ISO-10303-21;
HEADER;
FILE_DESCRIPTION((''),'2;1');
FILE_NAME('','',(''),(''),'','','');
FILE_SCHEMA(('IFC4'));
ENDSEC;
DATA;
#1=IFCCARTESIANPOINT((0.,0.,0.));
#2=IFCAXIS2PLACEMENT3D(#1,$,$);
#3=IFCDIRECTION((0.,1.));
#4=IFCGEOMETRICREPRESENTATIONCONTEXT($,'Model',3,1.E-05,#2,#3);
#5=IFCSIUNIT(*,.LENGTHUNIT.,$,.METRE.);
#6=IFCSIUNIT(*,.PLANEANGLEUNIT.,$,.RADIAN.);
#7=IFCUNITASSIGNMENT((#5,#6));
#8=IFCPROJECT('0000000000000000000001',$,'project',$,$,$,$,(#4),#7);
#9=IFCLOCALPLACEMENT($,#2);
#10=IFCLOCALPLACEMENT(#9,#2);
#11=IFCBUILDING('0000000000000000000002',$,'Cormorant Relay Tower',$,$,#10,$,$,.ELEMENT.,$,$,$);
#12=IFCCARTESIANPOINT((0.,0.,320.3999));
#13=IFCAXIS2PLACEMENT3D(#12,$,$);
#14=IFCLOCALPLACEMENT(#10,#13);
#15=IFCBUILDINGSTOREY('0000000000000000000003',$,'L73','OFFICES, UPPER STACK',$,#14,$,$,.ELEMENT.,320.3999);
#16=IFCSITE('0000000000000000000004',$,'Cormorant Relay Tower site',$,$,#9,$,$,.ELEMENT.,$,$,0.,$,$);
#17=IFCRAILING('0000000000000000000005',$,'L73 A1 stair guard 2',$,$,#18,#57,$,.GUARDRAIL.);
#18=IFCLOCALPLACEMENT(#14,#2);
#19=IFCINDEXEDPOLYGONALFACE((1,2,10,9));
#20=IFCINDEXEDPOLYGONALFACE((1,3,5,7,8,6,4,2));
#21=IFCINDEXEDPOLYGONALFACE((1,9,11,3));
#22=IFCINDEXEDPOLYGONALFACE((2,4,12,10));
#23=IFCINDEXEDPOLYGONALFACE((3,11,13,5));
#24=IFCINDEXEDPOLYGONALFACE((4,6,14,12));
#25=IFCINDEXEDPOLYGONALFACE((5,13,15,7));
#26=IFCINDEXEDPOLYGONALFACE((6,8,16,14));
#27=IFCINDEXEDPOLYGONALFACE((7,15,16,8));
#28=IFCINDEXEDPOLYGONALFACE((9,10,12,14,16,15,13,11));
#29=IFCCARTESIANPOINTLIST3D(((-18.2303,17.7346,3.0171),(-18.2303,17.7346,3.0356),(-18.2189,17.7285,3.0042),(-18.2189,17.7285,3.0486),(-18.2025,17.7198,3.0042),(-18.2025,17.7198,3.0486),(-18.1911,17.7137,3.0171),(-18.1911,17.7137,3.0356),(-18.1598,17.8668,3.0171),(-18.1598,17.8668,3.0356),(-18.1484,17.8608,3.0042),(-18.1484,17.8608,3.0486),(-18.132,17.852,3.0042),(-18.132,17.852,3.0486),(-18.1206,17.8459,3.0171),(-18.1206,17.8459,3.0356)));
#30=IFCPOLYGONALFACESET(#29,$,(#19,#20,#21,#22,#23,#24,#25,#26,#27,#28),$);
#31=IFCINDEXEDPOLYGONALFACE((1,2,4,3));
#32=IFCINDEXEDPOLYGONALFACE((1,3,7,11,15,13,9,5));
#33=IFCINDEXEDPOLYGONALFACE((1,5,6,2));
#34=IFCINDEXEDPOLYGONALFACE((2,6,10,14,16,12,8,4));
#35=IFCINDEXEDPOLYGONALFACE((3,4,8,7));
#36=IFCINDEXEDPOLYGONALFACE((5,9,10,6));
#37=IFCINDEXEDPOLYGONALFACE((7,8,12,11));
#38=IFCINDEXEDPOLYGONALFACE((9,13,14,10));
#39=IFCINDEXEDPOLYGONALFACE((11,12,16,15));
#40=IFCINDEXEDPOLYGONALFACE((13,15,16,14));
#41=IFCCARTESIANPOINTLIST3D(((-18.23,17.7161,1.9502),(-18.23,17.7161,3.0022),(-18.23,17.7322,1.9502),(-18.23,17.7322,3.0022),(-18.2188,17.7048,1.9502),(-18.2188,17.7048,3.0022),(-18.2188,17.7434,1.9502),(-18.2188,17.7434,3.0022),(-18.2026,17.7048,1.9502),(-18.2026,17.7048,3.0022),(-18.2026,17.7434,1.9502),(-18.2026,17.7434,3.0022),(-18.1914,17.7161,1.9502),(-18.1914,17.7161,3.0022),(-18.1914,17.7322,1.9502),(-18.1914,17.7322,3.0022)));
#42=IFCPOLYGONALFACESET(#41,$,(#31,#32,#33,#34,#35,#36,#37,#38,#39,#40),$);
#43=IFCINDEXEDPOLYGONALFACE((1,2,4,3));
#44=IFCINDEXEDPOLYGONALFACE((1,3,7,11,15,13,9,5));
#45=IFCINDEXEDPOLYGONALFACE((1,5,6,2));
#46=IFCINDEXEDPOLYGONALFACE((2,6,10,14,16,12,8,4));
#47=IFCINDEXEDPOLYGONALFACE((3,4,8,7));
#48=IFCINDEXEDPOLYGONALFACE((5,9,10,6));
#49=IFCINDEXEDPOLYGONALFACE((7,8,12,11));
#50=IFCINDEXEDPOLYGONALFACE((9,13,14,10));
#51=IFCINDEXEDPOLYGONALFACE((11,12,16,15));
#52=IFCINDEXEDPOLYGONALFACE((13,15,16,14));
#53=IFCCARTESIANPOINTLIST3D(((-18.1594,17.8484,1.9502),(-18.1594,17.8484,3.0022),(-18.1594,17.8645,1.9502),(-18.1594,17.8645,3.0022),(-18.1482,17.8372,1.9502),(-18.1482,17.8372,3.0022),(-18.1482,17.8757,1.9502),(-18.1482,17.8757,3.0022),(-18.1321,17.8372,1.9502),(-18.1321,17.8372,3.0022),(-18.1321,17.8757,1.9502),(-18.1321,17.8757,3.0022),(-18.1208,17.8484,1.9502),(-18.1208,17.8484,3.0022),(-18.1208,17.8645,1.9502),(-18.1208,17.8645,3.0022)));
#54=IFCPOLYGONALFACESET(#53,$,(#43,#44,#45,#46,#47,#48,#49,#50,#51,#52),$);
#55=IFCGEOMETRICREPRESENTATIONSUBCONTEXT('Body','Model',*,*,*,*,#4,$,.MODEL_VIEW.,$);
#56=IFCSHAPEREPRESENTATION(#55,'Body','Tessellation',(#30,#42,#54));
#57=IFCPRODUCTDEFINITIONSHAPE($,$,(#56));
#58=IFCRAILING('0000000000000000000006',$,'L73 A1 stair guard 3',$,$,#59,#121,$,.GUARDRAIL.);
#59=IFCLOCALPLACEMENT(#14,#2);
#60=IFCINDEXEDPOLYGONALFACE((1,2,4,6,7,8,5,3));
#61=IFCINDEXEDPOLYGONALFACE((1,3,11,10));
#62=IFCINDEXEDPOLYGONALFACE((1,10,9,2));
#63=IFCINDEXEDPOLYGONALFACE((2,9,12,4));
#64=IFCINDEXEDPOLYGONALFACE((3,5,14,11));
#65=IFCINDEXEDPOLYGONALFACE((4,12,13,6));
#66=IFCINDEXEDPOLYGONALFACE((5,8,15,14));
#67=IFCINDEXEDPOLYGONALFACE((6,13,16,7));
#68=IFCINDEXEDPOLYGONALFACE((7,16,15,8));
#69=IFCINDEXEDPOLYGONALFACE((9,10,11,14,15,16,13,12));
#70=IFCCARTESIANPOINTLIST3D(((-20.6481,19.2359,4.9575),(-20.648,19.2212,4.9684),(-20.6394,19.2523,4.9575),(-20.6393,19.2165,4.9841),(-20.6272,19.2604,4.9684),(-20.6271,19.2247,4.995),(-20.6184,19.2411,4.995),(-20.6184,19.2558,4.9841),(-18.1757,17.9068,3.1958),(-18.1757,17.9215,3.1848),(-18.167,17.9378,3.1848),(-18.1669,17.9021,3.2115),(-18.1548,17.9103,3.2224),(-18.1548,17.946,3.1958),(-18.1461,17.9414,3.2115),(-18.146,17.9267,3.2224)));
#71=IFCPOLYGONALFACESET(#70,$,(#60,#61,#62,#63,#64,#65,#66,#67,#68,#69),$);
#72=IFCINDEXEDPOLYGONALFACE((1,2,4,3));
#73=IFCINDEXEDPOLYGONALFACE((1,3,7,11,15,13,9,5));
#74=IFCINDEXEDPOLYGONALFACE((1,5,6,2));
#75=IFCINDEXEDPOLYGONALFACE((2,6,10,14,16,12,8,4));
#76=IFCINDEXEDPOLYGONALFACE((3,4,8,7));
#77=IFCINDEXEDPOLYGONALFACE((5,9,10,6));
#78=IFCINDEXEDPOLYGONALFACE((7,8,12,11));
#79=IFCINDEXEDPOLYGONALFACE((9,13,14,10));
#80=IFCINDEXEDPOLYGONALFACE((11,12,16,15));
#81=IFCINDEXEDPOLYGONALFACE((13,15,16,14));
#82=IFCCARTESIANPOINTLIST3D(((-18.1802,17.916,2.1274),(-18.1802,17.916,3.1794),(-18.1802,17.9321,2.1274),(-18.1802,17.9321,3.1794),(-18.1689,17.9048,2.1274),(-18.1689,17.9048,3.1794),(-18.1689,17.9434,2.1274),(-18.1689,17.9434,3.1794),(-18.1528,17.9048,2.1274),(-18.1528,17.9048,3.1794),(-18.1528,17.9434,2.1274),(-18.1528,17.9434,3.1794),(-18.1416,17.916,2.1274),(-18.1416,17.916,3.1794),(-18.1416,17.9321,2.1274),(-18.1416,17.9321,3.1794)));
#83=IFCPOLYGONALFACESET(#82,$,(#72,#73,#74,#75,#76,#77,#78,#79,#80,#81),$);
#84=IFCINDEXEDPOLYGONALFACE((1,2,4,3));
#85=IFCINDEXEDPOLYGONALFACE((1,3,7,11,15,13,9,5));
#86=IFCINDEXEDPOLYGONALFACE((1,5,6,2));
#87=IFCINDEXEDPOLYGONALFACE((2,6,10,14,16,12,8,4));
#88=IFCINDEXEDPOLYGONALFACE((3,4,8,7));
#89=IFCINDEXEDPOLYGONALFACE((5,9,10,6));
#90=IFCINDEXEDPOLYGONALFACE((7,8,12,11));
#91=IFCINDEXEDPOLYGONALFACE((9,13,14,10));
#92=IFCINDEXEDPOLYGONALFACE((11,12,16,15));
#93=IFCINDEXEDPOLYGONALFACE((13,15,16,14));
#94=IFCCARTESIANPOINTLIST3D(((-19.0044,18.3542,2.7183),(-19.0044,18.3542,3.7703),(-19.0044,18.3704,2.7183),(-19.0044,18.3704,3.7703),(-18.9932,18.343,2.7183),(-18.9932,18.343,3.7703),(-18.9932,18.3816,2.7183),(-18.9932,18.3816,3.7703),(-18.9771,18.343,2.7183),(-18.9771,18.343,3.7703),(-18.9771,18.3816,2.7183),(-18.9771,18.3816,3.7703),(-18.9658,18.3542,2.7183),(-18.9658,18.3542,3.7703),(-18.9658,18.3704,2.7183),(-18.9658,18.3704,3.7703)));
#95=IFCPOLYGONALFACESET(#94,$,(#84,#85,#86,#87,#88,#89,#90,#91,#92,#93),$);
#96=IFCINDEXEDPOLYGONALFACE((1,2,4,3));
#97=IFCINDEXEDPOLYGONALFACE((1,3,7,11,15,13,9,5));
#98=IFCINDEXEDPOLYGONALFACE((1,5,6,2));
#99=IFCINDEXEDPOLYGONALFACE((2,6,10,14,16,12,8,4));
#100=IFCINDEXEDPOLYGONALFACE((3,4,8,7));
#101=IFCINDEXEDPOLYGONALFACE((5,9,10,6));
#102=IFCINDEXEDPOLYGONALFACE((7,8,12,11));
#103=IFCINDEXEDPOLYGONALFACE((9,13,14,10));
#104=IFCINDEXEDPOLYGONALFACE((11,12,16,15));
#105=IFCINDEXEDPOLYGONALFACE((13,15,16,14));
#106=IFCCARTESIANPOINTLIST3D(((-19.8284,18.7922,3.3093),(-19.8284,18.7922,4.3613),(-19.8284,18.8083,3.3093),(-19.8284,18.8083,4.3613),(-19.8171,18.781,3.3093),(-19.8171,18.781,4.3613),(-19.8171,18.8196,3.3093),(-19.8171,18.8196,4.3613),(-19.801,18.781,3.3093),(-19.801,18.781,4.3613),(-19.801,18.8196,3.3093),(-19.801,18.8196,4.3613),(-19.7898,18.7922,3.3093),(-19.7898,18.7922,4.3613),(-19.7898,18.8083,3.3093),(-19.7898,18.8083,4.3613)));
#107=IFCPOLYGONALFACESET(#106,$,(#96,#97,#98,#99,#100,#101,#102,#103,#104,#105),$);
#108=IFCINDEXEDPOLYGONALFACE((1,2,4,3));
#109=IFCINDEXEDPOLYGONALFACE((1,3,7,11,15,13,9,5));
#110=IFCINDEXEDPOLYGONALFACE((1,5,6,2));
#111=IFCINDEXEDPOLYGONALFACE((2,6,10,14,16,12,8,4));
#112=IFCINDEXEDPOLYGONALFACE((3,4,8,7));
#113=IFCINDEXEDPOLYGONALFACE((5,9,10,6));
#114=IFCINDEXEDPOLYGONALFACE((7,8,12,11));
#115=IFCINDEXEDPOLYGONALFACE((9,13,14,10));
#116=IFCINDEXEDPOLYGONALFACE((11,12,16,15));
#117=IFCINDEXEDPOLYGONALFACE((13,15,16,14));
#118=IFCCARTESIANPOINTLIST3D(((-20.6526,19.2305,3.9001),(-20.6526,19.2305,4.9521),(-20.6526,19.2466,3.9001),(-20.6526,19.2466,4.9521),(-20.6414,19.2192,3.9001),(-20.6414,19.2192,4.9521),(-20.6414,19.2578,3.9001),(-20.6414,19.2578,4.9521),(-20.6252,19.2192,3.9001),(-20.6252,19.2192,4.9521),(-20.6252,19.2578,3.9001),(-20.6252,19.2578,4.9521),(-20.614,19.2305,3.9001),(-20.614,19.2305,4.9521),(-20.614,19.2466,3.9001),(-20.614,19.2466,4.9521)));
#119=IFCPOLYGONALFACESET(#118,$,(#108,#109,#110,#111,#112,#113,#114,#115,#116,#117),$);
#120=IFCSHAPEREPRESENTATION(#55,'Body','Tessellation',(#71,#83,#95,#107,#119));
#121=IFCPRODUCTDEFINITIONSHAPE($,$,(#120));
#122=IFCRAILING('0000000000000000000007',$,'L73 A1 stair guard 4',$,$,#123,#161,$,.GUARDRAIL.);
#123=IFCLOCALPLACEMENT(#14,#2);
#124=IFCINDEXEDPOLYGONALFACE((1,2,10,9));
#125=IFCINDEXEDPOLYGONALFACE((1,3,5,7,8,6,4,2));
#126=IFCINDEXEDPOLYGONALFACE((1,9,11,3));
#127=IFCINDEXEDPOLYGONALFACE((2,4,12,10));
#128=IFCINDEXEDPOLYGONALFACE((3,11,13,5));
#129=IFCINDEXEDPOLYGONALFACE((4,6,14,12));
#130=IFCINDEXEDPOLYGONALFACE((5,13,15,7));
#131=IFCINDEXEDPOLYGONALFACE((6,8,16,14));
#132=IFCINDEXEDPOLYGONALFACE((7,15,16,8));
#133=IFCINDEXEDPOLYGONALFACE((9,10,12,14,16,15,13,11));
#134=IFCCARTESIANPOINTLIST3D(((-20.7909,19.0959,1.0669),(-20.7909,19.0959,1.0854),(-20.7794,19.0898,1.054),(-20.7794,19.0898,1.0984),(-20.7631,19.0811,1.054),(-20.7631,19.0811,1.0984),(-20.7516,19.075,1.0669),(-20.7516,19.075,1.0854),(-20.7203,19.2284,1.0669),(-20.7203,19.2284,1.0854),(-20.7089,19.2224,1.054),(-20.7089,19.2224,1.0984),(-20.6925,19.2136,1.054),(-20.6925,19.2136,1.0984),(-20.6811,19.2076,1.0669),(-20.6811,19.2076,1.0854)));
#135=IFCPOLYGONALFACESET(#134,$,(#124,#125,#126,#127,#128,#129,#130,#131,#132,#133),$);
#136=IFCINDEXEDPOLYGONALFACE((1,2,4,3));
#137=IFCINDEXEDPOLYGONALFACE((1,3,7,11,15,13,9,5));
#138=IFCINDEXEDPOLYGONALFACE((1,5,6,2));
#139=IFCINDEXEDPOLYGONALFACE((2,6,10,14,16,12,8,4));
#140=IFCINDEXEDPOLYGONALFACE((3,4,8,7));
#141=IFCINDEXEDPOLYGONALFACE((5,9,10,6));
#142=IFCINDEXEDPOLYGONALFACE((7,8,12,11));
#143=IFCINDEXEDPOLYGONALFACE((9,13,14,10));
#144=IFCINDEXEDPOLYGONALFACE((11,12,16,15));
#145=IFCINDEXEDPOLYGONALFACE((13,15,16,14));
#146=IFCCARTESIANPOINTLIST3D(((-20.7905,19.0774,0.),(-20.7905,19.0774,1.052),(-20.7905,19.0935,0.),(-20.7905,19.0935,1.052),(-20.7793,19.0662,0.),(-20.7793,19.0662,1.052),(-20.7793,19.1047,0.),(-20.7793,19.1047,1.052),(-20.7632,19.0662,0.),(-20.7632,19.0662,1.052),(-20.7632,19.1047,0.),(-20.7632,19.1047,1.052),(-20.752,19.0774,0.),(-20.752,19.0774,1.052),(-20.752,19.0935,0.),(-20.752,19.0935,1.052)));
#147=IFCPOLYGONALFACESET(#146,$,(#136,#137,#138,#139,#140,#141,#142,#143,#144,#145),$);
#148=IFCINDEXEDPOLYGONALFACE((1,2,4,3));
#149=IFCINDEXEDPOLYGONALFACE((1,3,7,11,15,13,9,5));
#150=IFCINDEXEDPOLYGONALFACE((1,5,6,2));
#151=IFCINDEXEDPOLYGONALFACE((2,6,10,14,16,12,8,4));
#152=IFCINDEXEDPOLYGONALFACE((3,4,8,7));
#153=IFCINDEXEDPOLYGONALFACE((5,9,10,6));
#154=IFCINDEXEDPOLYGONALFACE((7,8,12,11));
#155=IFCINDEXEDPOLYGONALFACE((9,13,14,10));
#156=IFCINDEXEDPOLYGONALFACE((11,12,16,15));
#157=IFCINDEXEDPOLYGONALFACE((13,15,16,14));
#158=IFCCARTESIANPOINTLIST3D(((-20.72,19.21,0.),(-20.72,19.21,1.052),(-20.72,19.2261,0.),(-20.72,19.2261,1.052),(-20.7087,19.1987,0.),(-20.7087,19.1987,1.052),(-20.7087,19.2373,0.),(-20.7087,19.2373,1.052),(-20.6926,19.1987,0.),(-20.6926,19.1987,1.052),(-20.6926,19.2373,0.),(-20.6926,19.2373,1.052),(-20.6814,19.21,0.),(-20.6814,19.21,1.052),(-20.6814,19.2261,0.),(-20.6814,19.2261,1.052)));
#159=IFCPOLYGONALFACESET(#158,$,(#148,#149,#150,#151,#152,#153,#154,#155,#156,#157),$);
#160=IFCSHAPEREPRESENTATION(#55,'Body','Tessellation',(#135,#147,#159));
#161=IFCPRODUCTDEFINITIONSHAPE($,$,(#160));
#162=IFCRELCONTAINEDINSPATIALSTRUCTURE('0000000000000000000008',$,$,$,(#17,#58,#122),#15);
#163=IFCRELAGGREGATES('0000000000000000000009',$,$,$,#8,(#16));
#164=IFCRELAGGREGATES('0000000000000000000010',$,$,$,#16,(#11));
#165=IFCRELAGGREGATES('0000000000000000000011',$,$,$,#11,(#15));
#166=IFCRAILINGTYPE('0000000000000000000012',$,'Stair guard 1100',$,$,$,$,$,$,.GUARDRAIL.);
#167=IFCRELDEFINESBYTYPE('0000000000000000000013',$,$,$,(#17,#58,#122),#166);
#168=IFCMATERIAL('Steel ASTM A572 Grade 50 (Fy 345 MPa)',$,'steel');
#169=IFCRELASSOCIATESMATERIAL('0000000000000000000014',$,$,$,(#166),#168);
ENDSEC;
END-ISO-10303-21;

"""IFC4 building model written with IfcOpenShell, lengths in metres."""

from ifc_helpers import new_model, si_unit, direction, frame, origin, place, context, subcontext, project, spatial, polyline, outline, extrude, material, type_object, element, save


model = new_model("IFC4")

# Units and contexts
model_context = context("Model", 3, precision=1e-05, world=origin(), true_north=direction((0.0, 1.0)))
body_context = subcontext(model_context, "Body", "Model", "MODEL_VIEW")
ifc_project = project(units=[si_unit("LENGTHUNIT", "METRE"), si_unit("PLANEANGLEUNIT", "RADIAN")], contexts=[model_context])

# Site, building, storey
site_placement = place(None, origin())
site = spatial("IfcSite", under=ifc_project, at=site_placement, Name="Cormorant Relay Tower site", CompositionType="ELEMENT", RefElevation=0.0)
building_placement = place(site_placement, origin())
building = spatial("IfcBuilding", under=site, at=building_placement, Name="Cormorant Relay Tower", CompositionType="ELEMENT")
storey_placement = place(building_placement, frame((0.0, 0.0, 320.3999)))
storey = spatial("IfcBuildingStorey", under=building, at=storey_placement, Name="L73", Description="OFFICES, UPPER STACK", CompositionType="ELEMENT", Elevation=320.3999)

# Railings
ifc_material_1 = material(Name="Steel ASTM A572 Grade 50 (Fy 345 MPa)", Category="steel")
railing_type_1 = type_object("IfcRailingType", Name="Stair guard 1100", PredefinedType="GUARDRAIL", material=ifc_material_1)
railing_1_placement = place(storey_placement, frame((-18.2107, 17.7241, 1.9502)))
element("IfcRailing", 1, at=railing_1_placement, inside=storey, type_object=railing_type_1, Name="L73 A1 stair guard 2", PredefinedType="GUARDRAIL", context=body_context, shape_type="SweptSolid", body=[
    extrude(outline(polyline([(0.0222, 0.0093), (0.0093, 0.0222), (-0.0093, 0.0222), (-0.0222, 0.0093), (-0.0222, -0.0093), (-0.0093, -0.0222), (0.0093, -0.0222), (0.0222, -0.0093), (0.0222, 0.0093)])), frame((0.0, 0.0, 1.0762), z_axis=(0.470504, 0.882398, 0.0), x_axis=(-0.882398, 0.470504, 0.0)), (0.0, 0.0, 1.0), 0.1499),
    extrude(outline(polyline([(0.0193, 0.0081), (0.0081, 0.0193), (-0.0081, 0.0193), (-0.0193, 0.0081), (-0.0193, -0.0081), (-0.0081, -0.0193), (0.0081, -0.0193), (0.0193, -0.0081), (0.0193, 0.0081)])), origin(), (0.0, 0.0, 1.0), 1.052),
    extrude(outline(polyline([(0.0193, 0.0081), (0.0081, 0.0193), (-0.0081, 0.0193), (-0.0193, 0.0081), (-0.0193, -0.0081), (-0.0081, -0.0193), (0.0081, -0.0193), (0.0193, -0.0081), (0.0193, 0.0081)])), frame((0.0706, 0.1323, 0.0)), (0.0, 0.0, 1.0), 1.052),
])
railing_2_placement = place(storey_placement, frame((-18.1609, 17.9241, 2.1274)))
element("IfcRailing", 2, at=railing_2_placement, inside=storey, type_object=railing_type_1, Name="L73 A1 stair guard 3", PredefinedType="GUARDRAIL", context=body_context, shape_type="SweptSolid", body=[
    extrude(outline(polyline([(0.0222, 0.0093), (0.0093, 0.0222), (-0.0093, 0.0222), (-0.0222, 0.0093), (-0.0222, -0.0093), (-0.0093, -0.0222), (0.0093, -0.0222), (0.0222, -0.0093), (0.0222, 0.0093)])), frame((0.0, 0.0, 1.0762), z_axis=(-0.746034, 0.396627, 0.534902), x_axis=(-0.469429, -0.88297, 0.0)), (0.0, 0.0, 1.0), 3.314),
    extrude(outline(polyline([(0.0193, 0.0081), (0.0081, 0.0193), (-0.0081, 0.0193), (-0.0193, 0.0081), (-0.0193, -0.0081), (-0.0081, -0.0193), (0.0081, -0.0193), (0.0193, -0.0081), (0.0193, 0.0081)])), origin(), (0.0, 0.0, 1.0), 1.052),
    extrude(outline(polyline([(0.0193, 0.0081), (0.0081, 0.0193), (-0.0081, 0.0193), (-0.0193, 0.0081), (-0.0193, -0.0081), (-0.0081, -0.0193), (0.0081, -0.0193), (0.0193, -0.0081), (0.0193, 0.0081)])), frame((-0.8242, 0.4382, 0.5908)), (0.0, 0.0, 1.0), 1.052),
    extrude(outline(polyline([(0.0193, 0.0081), (0.0081, 0.0193), (-0.0081, 0.0193), (-0.0193, 0.0081), (-0.0193, -0.0081), (-0.0081, -0.0193), (0.0081, -0.0193), (0.0193, -0.0081), (0.0193, 0.0081)])), frame((-1.6482, 0.8762, 1.1819)), (0.0, 0.0, 1.0), 1.052),
    extrude(outline(polyline([(0.0193, 0.0081), (0.0081, 0.0193), (-0.0081, 0.0193), (-0.0193, 0.0081), (-0.0193, -0.0081), (-0.0081, -0.0193), (0.0081, -0.0193), (0.0193, -0.0081), (0.0193, 0.0081)])), frame((-2.4724, 1.3145, 1.7727)), (0.0, 0.0, 1.0), 1.052),
])
railing_3_placement = place(storey_placement, frame((-20.7712, 19.0854, 0.0)))
element("IfcRailing", 3, at=railing_3_placement, inside=storey, type_object=railing_type_1, Name="L73 A1 stair guard 4", PredefinedType="GUARDRAIL", context=body_context, shape_type="SweptSolid", body=[
    extrude(outline(polyline([(0.0222, 0.0093), (0.0093, 0.0222), (-0.0093, 0.0222), (-0.0222, 0.0093), (-0.0222, -0.0093), (-0.0093, -0.0222), (0.0093, -0.0222), (0.0222, -0.0093), (0.0222, 0.0093)])), frame((0.0, 0.0, 1.0762), z_axis=(0.469829, 0.882758, 0.0), x_axis=(-0.882758, 0.469829, 0.0)), (0.0, 0.0, 1.0), 0.1501),
    extrude(outline(polyline([(0.0193, 0.0081), (0.0081, 0.0193), (-0.0081, 0.0193), (-0.0193, 0.0081), (-0.0193, -0.0081), (-0.0081, -0.0193), (0.0081, -0.0193), (0.0193, -0.0081), (0.0193, 0.0081)])), origin(), (0.0, 0.0, 1.0), 1.052),
    extrude(outline(polyline([(0.0193, 0.0081), (0.0081, 0.0193), (-0.0081, 0.0193), (-0.0193, 0.0081), (-0.0193, -0.0081), (-0.0081, -0.0193), (0.0081, -0.0193), (0.0193, -0.0081), (0.0193, 0.0081)])), frame((0.0706, 0.1326, 0.0)), (0.0, 0.0, 1.0), 1.052),
])

save(model, "model.ifc")
